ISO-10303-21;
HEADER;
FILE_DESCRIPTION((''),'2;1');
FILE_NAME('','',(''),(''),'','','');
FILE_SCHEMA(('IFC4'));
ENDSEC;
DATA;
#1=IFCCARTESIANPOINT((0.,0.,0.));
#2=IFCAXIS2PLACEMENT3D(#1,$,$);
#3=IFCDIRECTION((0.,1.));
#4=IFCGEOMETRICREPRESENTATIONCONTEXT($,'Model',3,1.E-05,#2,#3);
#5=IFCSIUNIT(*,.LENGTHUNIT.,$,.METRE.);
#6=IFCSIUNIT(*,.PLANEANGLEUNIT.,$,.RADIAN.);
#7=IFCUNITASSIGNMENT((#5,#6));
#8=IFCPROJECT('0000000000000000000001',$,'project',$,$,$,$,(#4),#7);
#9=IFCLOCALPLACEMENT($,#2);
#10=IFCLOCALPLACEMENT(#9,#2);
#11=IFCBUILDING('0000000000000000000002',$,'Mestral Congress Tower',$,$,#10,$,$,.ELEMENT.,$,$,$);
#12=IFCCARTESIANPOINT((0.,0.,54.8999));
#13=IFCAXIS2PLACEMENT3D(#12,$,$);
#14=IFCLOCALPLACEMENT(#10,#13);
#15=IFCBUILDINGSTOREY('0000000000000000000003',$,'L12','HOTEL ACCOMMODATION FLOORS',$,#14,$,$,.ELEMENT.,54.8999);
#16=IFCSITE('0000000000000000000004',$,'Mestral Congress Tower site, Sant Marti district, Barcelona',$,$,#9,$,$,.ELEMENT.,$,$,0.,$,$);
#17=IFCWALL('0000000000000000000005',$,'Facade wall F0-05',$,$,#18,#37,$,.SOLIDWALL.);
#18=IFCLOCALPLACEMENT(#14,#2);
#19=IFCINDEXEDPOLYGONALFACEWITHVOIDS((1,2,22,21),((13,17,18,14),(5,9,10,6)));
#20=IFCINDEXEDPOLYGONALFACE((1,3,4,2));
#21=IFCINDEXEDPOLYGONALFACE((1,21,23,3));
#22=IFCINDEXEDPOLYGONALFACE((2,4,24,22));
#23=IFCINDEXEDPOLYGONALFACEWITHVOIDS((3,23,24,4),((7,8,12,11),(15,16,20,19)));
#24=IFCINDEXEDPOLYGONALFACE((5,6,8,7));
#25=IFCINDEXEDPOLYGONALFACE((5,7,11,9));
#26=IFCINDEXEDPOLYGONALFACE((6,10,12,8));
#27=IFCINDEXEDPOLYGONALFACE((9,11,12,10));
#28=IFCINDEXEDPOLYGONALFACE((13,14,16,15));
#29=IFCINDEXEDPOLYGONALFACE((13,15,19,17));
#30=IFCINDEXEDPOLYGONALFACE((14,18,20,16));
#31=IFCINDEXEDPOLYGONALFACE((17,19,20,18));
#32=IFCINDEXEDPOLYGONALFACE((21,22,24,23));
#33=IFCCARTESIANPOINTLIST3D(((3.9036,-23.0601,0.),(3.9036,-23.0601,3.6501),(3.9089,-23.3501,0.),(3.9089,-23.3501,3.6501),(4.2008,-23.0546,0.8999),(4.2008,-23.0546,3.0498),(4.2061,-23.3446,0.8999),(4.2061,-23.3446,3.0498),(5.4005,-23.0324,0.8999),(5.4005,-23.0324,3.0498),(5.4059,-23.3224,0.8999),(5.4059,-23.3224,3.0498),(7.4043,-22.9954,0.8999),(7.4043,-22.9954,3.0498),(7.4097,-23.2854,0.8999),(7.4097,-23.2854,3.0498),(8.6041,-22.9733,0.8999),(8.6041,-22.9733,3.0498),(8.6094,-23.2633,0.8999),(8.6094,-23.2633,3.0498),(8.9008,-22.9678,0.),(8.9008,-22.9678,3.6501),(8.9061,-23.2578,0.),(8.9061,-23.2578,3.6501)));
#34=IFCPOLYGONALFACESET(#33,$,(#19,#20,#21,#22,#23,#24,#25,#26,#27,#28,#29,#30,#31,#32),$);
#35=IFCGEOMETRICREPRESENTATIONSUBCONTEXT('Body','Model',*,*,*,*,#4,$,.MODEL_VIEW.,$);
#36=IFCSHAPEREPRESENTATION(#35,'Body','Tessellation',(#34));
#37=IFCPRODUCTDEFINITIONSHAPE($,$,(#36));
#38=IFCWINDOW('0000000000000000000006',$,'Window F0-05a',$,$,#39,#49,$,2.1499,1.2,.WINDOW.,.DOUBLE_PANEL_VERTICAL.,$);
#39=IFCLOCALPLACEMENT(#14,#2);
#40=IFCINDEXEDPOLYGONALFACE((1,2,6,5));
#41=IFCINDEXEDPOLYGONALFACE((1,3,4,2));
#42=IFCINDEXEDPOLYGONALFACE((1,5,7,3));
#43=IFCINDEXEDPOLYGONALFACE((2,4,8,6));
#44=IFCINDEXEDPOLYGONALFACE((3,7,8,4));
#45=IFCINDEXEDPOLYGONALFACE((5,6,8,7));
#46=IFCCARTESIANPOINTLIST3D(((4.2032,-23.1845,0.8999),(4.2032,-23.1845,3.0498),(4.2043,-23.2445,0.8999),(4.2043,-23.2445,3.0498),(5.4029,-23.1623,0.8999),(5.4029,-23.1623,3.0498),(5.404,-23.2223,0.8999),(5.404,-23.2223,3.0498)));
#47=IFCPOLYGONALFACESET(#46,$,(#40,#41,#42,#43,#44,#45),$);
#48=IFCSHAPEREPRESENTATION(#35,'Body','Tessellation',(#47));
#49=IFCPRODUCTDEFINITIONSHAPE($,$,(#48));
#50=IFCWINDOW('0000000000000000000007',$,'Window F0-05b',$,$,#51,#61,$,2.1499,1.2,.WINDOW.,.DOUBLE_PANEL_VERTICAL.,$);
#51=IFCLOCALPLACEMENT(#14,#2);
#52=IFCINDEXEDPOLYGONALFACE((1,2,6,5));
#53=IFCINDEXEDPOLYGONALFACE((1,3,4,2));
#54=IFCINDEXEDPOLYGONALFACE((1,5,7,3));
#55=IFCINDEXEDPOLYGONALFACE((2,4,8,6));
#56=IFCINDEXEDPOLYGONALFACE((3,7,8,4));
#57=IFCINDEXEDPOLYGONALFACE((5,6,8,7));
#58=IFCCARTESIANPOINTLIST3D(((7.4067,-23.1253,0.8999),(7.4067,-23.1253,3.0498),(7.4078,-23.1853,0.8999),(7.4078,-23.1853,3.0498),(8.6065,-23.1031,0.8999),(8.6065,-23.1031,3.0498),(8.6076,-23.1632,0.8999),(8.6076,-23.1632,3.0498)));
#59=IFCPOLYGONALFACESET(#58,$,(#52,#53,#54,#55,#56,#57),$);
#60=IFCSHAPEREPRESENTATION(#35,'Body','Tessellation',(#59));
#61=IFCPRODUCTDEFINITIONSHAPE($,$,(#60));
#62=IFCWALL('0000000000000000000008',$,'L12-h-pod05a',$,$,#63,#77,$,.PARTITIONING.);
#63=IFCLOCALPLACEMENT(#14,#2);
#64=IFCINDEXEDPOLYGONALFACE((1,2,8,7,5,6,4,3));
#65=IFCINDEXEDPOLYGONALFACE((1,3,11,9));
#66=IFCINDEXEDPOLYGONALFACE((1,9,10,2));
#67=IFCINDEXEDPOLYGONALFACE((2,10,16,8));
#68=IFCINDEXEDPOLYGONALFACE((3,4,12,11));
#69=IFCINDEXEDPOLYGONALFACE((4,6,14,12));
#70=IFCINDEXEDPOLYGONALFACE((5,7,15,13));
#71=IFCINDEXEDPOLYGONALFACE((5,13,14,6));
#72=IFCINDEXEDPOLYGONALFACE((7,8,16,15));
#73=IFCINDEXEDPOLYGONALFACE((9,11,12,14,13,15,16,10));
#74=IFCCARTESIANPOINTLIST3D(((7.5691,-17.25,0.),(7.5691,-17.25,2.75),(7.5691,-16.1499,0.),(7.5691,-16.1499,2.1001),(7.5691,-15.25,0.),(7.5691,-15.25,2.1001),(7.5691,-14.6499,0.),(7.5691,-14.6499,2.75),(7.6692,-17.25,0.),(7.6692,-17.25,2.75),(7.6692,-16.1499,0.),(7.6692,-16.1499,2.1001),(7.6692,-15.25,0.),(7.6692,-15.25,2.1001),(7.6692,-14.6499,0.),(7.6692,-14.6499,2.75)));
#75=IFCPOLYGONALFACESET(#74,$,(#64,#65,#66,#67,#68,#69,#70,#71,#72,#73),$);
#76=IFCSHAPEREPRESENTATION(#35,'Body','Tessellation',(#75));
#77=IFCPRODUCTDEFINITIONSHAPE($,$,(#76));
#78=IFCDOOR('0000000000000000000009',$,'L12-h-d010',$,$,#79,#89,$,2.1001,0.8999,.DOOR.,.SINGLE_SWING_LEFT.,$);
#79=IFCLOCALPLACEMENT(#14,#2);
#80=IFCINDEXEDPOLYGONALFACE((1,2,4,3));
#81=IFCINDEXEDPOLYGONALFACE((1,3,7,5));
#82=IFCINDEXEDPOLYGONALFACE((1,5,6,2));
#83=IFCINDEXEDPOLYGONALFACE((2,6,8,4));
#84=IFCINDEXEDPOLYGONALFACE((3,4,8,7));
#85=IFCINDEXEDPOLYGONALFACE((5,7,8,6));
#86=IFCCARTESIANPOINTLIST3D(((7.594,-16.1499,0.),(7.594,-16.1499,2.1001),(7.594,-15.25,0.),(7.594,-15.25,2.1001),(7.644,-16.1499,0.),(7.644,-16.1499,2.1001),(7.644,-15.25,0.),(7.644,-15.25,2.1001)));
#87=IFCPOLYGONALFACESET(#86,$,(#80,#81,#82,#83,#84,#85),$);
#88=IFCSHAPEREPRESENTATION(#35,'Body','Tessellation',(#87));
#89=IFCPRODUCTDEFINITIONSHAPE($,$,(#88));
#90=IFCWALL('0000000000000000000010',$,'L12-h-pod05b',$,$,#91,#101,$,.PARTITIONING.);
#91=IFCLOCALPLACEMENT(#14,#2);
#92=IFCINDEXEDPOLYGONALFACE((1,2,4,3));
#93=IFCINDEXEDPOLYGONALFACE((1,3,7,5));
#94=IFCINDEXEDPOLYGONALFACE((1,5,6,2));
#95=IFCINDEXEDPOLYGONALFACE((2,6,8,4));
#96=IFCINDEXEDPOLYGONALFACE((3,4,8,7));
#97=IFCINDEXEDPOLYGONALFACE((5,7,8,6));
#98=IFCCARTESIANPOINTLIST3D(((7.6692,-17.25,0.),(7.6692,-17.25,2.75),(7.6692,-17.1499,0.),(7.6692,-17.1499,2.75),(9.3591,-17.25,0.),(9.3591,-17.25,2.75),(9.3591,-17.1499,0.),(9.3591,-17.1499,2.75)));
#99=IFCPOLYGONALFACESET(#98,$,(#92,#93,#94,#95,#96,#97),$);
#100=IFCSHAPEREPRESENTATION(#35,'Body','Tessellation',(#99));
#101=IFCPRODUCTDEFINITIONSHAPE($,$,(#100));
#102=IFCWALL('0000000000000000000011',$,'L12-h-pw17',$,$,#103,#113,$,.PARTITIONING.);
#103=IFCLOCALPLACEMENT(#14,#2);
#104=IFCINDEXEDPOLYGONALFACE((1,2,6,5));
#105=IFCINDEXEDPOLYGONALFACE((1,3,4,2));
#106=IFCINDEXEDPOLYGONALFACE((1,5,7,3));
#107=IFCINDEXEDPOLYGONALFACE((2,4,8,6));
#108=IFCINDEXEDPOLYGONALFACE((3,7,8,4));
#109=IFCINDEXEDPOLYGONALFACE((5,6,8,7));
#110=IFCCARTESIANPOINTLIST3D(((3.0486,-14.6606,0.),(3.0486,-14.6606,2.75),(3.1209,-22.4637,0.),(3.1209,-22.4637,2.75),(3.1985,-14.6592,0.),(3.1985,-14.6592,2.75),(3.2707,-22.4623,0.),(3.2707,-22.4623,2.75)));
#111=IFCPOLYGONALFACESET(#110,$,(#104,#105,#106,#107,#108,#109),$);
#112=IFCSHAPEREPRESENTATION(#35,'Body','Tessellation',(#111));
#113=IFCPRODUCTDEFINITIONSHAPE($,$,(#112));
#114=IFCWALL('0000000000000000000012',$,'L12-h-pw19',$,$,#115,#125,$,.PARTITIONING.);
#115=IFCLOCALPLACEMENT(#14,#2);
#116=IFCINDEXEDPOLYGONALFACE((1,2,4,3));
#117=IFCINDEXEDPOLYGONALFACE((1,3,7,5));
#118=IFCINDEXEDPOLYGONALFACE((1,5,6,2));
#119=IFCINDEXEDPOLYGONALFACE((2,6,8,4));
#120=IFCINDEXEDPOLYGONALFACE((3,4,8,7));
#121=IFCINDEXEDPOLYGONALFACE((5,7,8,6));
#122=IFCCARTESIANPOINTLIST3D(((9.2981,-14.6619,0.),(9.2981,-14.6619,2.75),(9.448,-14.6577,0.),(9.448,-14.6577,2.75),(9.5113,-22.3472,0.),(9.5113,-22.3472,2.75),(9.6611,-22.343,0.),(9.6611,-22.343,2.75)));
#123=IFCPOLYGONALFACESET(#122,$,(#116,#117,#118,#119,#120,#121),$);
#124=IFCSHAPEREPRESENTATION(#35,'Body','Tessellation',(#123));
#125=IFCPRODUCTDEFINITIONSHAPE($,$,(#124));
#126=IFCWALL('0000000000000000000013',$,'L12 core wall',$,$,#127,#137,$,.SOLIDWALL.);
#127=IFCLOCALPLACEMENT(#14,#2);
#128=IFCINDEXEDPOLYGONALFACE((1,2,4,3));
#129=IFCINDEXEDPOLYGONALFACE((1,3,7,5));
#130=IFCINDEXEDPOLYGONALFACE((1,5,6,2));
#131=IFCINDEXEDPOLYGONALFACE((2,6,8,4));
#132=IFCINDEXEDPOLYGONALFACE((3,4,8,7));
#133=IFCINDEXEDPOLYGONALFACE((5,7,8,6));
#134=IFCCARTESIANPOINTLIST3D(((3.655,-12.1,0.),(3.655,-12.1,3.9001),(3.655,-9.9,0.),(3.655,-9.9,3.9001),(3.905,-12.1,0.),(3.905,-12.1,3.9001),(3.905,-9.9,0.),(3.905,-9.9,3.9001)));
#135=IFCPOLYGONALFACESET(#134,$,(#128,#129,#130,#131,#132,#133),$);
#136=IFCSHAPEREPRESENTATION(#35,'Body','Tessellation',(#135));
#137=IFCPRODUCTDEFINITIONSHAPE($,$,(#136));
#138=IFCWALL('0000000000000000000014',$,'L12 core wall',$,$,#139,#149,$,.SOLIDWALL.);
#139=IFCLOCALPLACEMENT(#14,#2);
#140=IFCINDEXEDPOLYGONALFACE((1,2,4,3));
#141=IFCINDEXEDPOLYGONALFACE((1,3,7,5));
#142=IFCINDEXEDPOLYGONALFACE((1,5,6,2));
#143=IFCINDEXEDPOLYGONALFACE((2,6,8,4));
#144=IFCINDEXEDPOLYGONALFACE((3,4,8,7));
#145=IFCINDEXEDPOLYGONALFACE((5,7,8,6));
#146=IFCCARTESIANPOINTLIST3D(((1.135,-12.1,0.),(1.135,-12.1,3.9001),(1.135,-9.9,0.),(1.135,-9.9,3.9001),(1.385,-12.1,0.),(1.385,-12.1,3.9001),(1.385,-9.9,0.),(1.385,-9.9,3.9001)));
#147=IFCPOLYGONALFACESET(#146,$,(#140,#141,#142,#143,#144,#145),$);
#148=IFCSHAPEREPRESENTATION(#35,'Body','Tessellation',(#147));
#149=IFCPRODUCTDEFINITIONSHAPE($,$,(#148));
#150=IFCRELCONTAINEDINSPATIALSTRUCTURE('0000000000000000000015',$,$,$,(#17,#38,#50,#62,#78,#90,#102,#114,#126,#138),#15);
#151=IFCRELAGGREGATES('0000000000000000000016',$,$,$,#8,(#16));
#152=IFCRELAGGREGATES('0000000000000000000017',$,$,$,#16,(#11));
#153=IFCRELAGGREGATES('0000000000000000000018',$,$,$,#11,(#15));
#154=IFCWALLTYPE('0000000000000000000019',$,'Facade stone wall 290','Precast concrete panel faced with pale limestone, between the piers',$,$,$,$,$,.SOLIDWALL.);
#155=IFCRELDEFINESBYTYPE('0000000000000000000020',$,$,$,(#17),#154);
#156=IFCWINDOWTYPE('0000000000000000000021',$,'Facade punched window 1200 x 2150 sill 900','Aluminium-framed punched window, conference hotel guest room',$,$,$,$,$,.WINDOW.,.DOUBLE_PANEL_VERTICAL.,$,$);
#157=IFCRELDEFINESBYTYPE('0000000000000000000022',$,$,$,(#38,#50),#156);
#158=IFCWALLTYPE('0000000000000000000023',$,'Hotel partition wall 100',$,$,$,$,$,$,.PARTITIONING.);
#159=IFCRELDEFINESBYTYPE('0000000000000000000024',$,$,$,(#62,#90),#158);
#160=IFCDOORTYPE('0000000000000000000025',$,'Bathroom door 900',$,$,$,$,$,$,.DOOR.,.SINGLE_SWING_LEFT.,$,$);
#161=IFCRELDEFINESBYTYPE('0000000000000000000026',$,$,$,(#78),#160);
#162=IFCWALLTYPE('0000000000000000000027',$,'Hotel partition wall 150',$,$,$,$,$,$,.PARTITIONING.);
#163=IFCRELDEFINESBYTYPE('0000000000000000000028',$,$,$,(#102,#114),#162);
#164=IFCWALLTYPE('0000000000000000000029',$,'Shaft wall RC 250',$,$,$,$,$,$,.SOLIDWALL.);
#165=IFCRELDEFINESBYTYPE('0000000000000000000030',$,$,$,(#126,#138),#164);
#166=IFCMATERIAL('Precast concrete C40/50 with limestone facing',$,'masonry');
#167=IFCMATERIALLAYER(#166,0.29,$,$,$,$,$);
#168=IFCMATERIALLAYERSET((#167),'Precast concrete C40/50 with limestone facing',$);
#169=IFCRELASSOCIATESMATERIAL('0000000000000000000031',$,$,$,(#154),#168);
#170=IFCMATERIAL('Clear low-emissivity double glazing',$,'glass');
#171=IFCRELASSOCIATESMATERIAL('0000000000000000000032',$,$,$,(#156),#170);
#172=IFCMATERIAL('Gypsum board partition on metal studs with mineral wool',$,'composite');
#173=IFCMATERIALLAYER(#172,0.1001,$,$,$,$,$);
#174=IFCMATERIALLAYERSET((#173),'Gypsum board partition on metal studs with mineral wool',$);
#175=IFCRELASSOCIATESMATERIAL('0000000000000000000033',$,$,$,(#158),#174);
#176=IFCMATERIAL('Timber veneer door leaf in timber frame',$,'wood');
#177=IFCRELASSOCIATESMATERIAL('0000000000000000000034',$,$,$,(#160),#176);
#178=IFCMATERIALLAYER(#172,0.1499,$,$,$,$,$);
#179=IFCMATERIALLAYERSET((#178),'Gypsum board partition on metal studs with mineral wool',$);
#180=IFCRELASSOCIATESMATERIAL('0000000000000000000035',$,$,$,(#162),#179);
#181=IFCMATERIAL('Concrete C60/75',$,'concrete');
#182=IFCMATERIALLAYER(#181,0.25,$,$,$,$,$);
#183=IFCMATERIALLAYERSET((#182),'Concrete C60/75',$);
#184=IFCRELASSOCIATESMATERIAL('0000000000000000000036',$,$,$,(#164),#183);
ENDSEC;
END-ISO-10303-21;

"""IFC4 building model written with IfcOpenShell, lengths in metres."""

from ifc_helpers import new_model, si_unit, direction, frame, frame_2d, origin, place, context, subcontext, project, spatial, rectangle, extrude, material, layer, layer_set, type_object, element, fill, save


model = new_model("IFC4")

# Units and contexts
model_context = context("Model", 3, precision=1e-05, world=origin(), true_north=direction((0.0, 1.0)))
body_context = subcontext(model_context, "Body", "Model", "MODEL_VIEW")
ifc_project = project(units=[si_unit("LENGTHUNIT", "METRE"), si_unit("PLANEANGLEUNIT", "RADIAN")], contexts=[model_context])

# Site, building, storey
site_placement = place(None, origin())
site = spatial("IfcSite", under=ifc_project, at=site_placement, Name="Mestral Congress Tower site, Sant Marti district, Barcelona", CompositionType="ELEMENT", RefElevation=0.0)
building_placement = place(site_placement, origin())
building = spatial("IfcBuilding", under=site, at=building_placement, Name="Mestral Congress Tower", CompositionType="ELEMENT")
storey_placement = place(building_placement, frame((0.0, 0.0, 54.8999)))
storey = spatial("IfcBuildingStorey", under=building, at=storey_placement, Name="L12", Description="HOTEL ACCOMMODATION FLOORS", CompositionType="ELEMENT", Elevation=54.8999)

# Wall, openings, windows
ifc_material_1 = material(Name="Precast concrete C40/50 with limestone facing", Category="masonry")
ifc_layer_1 = layer(ifc_material_1, 0.29)
ifc_layer_set_1 = layer_set([ifc_layer_1], Name="Precast concrete C40/50 with limestone facing")
wall_type_1 = type_object("IfcWallType", Name="Facade stone wall 290", Description="Precast concrete panel faced with pale limestone, between the piers", PredefinedType="SOLIDWALL", material=ifc_layer_set_1)
wall_1_placement = place(storey_placement, frame((3.9062, -23.2051, 0.0), z_axis=(0.0, 0.0, 1.0), x_axis=(0.99983, 0.018464, 0.0)))
wall_1 = element("IfcWall", 1, at=wall_1_placement, inside=storey, type_object=wall_type_1, Name="Facade wall F0-05", PredefinedType="SOLIDWALL", context=body_context, shape_type="SweptSolid", body=[
    extrude(rectangle(XDim=4.998, YDim=0.29, at=frame_2d((2.499, 0.0))), origin(), (0.0, 0.0, 1.0), 3.6501),
])
opening_1_placement = place(wall_1_placement, frame((0.2971, 0.0, 0.8999)))
opening_1 = element("IfcOpeningElement", 2, at=opening_1_placement, cuts=wall_1, PredefinedType="OPENING", context=body_context, shape_type="SweptSolid", body=[
    extrude(rectangle(XDim=1.2, YDim=2.1499, at=frame_2d((0.6001, 1.075))), frame((0.0, 0.155, 0.0), z_axis=(0.0, -1.0, 0.0), x_axis=(1.0, 0.0, 0.0)), (0.0, 0.0, 1.0), 0.3101),
])
opening_2_placement = place(wall_1_placement, frame((3.5012, 0.0, 0.8999)))
opening_2 = element("IfcOpeningElement", 3, at=opening_2_placement, cuts=wall_1, PredefinedType="OPENING", context=body_context, shape_type="SweptSolid", body=[
    extrude(rectangle(XDim=1.2, YDim=2.1499, at=frame_2d((0.6001, 1.075))), frame((0.0, 0.155, 0.0), z_axis=(0.0, -1.0, 0.0), x_axis=(1.0, 0.0, 0.0)), (0.0, 0.0, 1.0), 0.3101),
])
ifc_material_2 = material(Name="Clear low-emissivity double glazing", Category="glass")
window_type = type_object("IfcWindowType", Name="Facade punched window 1200 x 2150 sill 900", Description="Aluminium-framed punched window, conference hotel guest room", PartitioningType="DOUBLE_PANEL_VERTICAL", PredefinedType="WINDOW", material=ifc_material_2)
window_1_placement = place(opening_1_placement, origin())
window_1 = element("IfcWindow", 4, at=window_1_placement, inside=storey, type_object=window_type, Name="Window F0-05a", OverallHeight=2.1499, OverallWidth=1.2, PartitioningType="DOUBLE_PANEL_VERTICAL", PredefinedType="WINDOW", context=body_context, shape_type="SweptSolid", body=[
    extrude(rectangle(XDim=1.2, YDim=2.1499, at=frame_2d((0.6001, 1.075))), frame((0.0, 0.0151, 0.0), z_axis=(0.0, -1.0, 0.0), x_axis=(1.0, 0.0, 0.0)), (0.0, 0.0, 1.0), 0.0601),
])
fill(opening_1, window_1)
window_2_placement = place(opening_2_placement, origin())
window_2 = element("IfcWindow", 5, at=window_2_placement, inside=storey, type_object=window_type, Name="Window F0-05b", OverallHeight=2.1499, OverallWidth=1.2, PartitioningType="DOUBLE_PANEL_VERTICAL", PredefinedType="WINDOW", context=body_context, shape_type="SweptSolid", body=[
    extrude(rectangle(XDim=1.2, YDim=2.1499, at=frame_2d((0.6001, 1.075))), frame((0.0, 0.0151, 0.0), z_axis=(0.0, -1.0, 0.0), x_axis=(1.0, 0.0, 0.0)), (0.0, 0.0, 1.0), 0.0601),
])
fill(opening_2, window_2)

# Wall, opening, door
ifc_material_3 = material(Name="Gypsum board partition on metal studs with mineral wool", Category="composite")
ifc_layer_2 = layer(ifc_material_3, 0.1001)
ifc_layer_set_2 = layer_set([ifc_layer_2], Name="Gypsum board partition on metal studs with mineral wool")
wall_type_2 = type_object("IfcWallType", Name="Hotel partition wall 100", PredefinedType="PARTITIONING", material=ifc_layer_set_2)
wall_2_placement = place(storey_placement, frame((7.6191, -14.6499, 0.0), z_axis=(0.0, 0.0, 1.0), x_axis=(0.0, -1.0, 0.0)))
wall_2 = element("IfcWall", 6, at=wall_2_placement, inside=storey, type_object=wall_type_2, Name="L12-h-pod05a", PredefinedType="PARTITIONING", context=body_context, shape_type="SweptSolid", body=[
    extrude(rectangle(XDim=2.6001, YDim=0.1001, at=frame_2d((1.3, 0.0))), origin(), (0.0, 0.0, 1.0), 2.75),
])
opening_3_placement = place(wall_2_placement, frame((0.6001, 0.0, 0.0)))
opening_3 = element("IfcOpeningElement", 7, at=opening_3_placement, cuts=wall_2, PredefinedType="OPENING", context=body_context, shape_type="SweptSolid", body=[
    extrude(rectangle(XDim=0.8999, YDim=2.1001, at=frame_2d((0.45, 1.05))), frame((0.0, 0.0601, 0.0), z_axis=(0.0, -1.0, 0.0), x_axis=(1.0, 0.0, 0.0)), (0.0, 0.0, 1.0), 0.1201),
])
ifc_material_4 = material(Name="Timber veneer door leaf in timber frame", Category="wood")
door_type = type_object("IfcDoorType", Name="Bathroom door 900", OperationType="SINGLE_SWING_LEFT", PredefinedType="DOOR", material=ifc_material_4)
door_placement = place(opening_3_placement, origin())
door = element("IfcDoor", 8, at=door_placement, inside=storey, type_object=door_type, Name="L12-h-d010", OperationType="SINGLE_SWING_LEFT", OverallHeight=2.1001, OverallWidth=0.8999, PredefinedType="DOOR", context=body_context, shape_type="SweptSolid", body=[
    extrude(rectangle(XDim=0.8999, YDim=2.1001, at=frame_2d((0.45, 1.05))), frame((0.0, 0.0249, 0.0), z_axis=(0.0, -1.0, 0.0), x_axis=(1.0, 0.0, 0.0)), (0.0, 0.0, 1.0), 0.05),
])
fill(opening_3, door)

# Walls
wall_3_placement = place(storey_placement, frame((7.6692, -17.2, 0.0), z_axis=(0.0, 0.0, 1.0), x_axis=(1.0, 0.0, 0.0)))
element("IfcWall", 9, at=wall_3_placement, inside=storey, type_object=wall_type_2, Name="L12-h-pod05b", PredefinedType="PARTITIONING", context=body_context, shape_type="SweptSolid", body=[
    extrude(rectangle(XDim=1.6899, YDim=0.1001, at=frame_2d((0.845, 0.0))), origin(), (0.0, 0.0, 1.0), 2.75),
])
ifc_layer_3 = layer(ifc_material_3, 0.1499)
ifc_layer_set_3 = layer_set([ifc_layer_3], Name="Gypsum board partition on metal studs with mineral wool")
wall_type_3 = type_object("IfcWallType", Name="Hotel partition wall 150", PredefinedType="PARTITIONING", material=ifc_layer_set_3)
wall_4_placement = place(storey_placement, frame((3.1958, -22.4631, 0.0), z_axis=(0.0, 0.0, 1.0), x_axis=(-0.009261, 0.999957, 0.0)))
element("IfcWall", 10, at=wall_4_placement, inside=storey, type_object=wall_type_3, Name="L12-h-pw17", PredefinedType="PARTITIONING", context=body_context, shape_type="SweptSolid", body=[
    extrude(rectangle(XDim=7.8035, YDim=0.1499, at=frame_2d((3.9019, 0.0))), origin(), (0.0, 0.0, 1.0), 2.75),
])
wall_5_placement = place(storey_placement, frame((9.5862, -22.3452, 0.0), z_axis=(0.0, 0.0, 1.0), x_axis=(-0.027722, 0.999616, 0.0)))
element("IfcWall", 11, at=wall_5_placement, inside=storey, type_object=wall_type_3, Name="L12-h-pw19", PredefinedType="PARTITIONING", context=body_context, shape_type="SweptSolid", body=[
    extrude(rectangle(XDim=7.6882, YDim=0.1499, at=frame_2d((3.8442, 0.0))), origin(), (0.0, 0.0, 1.0), 2.75),
])
ifc_material_5 = material(Name="Concrete C60/75", Category="concrete")
ifc_layer_4 = layer(ifc_material_5, 0.25)
ifc_layer_set_4 = layer_set([ifc_layer_4], Name="Concrete C60/75")
wall_type_4 = type_object("IfcWallType", Name="Shaft wall RC 250", PredefinedType="SOLIDWALL", material=ifc_layer_set_4)
for number, where, z_axis, x_axis, name in (
    (12, (3.78, -12.1001, 0.0), (0.0, 0.0, 1.0), (0.0, 1.0, 0.0), "L12 core wall"),
    (13, (1.26, -12.1001, 0.0), (0.0, 0.0, 1.0), (0.0, 1.0, 0.0), "L12 core wall"),
):
    element("IfcWall", number, at=place(storey_placement, frame(where, z_axis=z_axis, x_axis=x_axis)), inside=storey, type_object=wall_type_4, Name=name, PredefinedType="SOLIDWALL", context=body_context, shape_type="SweptSolid", body=[
        extrude(rectangle(XDim=2.2, YDim=0.25, at=frame_2d((1.1001, 0.0))), origin(), (0.0, 0.0, 1.0), 3.9001),
    ])

save(model, "model.ifc")
